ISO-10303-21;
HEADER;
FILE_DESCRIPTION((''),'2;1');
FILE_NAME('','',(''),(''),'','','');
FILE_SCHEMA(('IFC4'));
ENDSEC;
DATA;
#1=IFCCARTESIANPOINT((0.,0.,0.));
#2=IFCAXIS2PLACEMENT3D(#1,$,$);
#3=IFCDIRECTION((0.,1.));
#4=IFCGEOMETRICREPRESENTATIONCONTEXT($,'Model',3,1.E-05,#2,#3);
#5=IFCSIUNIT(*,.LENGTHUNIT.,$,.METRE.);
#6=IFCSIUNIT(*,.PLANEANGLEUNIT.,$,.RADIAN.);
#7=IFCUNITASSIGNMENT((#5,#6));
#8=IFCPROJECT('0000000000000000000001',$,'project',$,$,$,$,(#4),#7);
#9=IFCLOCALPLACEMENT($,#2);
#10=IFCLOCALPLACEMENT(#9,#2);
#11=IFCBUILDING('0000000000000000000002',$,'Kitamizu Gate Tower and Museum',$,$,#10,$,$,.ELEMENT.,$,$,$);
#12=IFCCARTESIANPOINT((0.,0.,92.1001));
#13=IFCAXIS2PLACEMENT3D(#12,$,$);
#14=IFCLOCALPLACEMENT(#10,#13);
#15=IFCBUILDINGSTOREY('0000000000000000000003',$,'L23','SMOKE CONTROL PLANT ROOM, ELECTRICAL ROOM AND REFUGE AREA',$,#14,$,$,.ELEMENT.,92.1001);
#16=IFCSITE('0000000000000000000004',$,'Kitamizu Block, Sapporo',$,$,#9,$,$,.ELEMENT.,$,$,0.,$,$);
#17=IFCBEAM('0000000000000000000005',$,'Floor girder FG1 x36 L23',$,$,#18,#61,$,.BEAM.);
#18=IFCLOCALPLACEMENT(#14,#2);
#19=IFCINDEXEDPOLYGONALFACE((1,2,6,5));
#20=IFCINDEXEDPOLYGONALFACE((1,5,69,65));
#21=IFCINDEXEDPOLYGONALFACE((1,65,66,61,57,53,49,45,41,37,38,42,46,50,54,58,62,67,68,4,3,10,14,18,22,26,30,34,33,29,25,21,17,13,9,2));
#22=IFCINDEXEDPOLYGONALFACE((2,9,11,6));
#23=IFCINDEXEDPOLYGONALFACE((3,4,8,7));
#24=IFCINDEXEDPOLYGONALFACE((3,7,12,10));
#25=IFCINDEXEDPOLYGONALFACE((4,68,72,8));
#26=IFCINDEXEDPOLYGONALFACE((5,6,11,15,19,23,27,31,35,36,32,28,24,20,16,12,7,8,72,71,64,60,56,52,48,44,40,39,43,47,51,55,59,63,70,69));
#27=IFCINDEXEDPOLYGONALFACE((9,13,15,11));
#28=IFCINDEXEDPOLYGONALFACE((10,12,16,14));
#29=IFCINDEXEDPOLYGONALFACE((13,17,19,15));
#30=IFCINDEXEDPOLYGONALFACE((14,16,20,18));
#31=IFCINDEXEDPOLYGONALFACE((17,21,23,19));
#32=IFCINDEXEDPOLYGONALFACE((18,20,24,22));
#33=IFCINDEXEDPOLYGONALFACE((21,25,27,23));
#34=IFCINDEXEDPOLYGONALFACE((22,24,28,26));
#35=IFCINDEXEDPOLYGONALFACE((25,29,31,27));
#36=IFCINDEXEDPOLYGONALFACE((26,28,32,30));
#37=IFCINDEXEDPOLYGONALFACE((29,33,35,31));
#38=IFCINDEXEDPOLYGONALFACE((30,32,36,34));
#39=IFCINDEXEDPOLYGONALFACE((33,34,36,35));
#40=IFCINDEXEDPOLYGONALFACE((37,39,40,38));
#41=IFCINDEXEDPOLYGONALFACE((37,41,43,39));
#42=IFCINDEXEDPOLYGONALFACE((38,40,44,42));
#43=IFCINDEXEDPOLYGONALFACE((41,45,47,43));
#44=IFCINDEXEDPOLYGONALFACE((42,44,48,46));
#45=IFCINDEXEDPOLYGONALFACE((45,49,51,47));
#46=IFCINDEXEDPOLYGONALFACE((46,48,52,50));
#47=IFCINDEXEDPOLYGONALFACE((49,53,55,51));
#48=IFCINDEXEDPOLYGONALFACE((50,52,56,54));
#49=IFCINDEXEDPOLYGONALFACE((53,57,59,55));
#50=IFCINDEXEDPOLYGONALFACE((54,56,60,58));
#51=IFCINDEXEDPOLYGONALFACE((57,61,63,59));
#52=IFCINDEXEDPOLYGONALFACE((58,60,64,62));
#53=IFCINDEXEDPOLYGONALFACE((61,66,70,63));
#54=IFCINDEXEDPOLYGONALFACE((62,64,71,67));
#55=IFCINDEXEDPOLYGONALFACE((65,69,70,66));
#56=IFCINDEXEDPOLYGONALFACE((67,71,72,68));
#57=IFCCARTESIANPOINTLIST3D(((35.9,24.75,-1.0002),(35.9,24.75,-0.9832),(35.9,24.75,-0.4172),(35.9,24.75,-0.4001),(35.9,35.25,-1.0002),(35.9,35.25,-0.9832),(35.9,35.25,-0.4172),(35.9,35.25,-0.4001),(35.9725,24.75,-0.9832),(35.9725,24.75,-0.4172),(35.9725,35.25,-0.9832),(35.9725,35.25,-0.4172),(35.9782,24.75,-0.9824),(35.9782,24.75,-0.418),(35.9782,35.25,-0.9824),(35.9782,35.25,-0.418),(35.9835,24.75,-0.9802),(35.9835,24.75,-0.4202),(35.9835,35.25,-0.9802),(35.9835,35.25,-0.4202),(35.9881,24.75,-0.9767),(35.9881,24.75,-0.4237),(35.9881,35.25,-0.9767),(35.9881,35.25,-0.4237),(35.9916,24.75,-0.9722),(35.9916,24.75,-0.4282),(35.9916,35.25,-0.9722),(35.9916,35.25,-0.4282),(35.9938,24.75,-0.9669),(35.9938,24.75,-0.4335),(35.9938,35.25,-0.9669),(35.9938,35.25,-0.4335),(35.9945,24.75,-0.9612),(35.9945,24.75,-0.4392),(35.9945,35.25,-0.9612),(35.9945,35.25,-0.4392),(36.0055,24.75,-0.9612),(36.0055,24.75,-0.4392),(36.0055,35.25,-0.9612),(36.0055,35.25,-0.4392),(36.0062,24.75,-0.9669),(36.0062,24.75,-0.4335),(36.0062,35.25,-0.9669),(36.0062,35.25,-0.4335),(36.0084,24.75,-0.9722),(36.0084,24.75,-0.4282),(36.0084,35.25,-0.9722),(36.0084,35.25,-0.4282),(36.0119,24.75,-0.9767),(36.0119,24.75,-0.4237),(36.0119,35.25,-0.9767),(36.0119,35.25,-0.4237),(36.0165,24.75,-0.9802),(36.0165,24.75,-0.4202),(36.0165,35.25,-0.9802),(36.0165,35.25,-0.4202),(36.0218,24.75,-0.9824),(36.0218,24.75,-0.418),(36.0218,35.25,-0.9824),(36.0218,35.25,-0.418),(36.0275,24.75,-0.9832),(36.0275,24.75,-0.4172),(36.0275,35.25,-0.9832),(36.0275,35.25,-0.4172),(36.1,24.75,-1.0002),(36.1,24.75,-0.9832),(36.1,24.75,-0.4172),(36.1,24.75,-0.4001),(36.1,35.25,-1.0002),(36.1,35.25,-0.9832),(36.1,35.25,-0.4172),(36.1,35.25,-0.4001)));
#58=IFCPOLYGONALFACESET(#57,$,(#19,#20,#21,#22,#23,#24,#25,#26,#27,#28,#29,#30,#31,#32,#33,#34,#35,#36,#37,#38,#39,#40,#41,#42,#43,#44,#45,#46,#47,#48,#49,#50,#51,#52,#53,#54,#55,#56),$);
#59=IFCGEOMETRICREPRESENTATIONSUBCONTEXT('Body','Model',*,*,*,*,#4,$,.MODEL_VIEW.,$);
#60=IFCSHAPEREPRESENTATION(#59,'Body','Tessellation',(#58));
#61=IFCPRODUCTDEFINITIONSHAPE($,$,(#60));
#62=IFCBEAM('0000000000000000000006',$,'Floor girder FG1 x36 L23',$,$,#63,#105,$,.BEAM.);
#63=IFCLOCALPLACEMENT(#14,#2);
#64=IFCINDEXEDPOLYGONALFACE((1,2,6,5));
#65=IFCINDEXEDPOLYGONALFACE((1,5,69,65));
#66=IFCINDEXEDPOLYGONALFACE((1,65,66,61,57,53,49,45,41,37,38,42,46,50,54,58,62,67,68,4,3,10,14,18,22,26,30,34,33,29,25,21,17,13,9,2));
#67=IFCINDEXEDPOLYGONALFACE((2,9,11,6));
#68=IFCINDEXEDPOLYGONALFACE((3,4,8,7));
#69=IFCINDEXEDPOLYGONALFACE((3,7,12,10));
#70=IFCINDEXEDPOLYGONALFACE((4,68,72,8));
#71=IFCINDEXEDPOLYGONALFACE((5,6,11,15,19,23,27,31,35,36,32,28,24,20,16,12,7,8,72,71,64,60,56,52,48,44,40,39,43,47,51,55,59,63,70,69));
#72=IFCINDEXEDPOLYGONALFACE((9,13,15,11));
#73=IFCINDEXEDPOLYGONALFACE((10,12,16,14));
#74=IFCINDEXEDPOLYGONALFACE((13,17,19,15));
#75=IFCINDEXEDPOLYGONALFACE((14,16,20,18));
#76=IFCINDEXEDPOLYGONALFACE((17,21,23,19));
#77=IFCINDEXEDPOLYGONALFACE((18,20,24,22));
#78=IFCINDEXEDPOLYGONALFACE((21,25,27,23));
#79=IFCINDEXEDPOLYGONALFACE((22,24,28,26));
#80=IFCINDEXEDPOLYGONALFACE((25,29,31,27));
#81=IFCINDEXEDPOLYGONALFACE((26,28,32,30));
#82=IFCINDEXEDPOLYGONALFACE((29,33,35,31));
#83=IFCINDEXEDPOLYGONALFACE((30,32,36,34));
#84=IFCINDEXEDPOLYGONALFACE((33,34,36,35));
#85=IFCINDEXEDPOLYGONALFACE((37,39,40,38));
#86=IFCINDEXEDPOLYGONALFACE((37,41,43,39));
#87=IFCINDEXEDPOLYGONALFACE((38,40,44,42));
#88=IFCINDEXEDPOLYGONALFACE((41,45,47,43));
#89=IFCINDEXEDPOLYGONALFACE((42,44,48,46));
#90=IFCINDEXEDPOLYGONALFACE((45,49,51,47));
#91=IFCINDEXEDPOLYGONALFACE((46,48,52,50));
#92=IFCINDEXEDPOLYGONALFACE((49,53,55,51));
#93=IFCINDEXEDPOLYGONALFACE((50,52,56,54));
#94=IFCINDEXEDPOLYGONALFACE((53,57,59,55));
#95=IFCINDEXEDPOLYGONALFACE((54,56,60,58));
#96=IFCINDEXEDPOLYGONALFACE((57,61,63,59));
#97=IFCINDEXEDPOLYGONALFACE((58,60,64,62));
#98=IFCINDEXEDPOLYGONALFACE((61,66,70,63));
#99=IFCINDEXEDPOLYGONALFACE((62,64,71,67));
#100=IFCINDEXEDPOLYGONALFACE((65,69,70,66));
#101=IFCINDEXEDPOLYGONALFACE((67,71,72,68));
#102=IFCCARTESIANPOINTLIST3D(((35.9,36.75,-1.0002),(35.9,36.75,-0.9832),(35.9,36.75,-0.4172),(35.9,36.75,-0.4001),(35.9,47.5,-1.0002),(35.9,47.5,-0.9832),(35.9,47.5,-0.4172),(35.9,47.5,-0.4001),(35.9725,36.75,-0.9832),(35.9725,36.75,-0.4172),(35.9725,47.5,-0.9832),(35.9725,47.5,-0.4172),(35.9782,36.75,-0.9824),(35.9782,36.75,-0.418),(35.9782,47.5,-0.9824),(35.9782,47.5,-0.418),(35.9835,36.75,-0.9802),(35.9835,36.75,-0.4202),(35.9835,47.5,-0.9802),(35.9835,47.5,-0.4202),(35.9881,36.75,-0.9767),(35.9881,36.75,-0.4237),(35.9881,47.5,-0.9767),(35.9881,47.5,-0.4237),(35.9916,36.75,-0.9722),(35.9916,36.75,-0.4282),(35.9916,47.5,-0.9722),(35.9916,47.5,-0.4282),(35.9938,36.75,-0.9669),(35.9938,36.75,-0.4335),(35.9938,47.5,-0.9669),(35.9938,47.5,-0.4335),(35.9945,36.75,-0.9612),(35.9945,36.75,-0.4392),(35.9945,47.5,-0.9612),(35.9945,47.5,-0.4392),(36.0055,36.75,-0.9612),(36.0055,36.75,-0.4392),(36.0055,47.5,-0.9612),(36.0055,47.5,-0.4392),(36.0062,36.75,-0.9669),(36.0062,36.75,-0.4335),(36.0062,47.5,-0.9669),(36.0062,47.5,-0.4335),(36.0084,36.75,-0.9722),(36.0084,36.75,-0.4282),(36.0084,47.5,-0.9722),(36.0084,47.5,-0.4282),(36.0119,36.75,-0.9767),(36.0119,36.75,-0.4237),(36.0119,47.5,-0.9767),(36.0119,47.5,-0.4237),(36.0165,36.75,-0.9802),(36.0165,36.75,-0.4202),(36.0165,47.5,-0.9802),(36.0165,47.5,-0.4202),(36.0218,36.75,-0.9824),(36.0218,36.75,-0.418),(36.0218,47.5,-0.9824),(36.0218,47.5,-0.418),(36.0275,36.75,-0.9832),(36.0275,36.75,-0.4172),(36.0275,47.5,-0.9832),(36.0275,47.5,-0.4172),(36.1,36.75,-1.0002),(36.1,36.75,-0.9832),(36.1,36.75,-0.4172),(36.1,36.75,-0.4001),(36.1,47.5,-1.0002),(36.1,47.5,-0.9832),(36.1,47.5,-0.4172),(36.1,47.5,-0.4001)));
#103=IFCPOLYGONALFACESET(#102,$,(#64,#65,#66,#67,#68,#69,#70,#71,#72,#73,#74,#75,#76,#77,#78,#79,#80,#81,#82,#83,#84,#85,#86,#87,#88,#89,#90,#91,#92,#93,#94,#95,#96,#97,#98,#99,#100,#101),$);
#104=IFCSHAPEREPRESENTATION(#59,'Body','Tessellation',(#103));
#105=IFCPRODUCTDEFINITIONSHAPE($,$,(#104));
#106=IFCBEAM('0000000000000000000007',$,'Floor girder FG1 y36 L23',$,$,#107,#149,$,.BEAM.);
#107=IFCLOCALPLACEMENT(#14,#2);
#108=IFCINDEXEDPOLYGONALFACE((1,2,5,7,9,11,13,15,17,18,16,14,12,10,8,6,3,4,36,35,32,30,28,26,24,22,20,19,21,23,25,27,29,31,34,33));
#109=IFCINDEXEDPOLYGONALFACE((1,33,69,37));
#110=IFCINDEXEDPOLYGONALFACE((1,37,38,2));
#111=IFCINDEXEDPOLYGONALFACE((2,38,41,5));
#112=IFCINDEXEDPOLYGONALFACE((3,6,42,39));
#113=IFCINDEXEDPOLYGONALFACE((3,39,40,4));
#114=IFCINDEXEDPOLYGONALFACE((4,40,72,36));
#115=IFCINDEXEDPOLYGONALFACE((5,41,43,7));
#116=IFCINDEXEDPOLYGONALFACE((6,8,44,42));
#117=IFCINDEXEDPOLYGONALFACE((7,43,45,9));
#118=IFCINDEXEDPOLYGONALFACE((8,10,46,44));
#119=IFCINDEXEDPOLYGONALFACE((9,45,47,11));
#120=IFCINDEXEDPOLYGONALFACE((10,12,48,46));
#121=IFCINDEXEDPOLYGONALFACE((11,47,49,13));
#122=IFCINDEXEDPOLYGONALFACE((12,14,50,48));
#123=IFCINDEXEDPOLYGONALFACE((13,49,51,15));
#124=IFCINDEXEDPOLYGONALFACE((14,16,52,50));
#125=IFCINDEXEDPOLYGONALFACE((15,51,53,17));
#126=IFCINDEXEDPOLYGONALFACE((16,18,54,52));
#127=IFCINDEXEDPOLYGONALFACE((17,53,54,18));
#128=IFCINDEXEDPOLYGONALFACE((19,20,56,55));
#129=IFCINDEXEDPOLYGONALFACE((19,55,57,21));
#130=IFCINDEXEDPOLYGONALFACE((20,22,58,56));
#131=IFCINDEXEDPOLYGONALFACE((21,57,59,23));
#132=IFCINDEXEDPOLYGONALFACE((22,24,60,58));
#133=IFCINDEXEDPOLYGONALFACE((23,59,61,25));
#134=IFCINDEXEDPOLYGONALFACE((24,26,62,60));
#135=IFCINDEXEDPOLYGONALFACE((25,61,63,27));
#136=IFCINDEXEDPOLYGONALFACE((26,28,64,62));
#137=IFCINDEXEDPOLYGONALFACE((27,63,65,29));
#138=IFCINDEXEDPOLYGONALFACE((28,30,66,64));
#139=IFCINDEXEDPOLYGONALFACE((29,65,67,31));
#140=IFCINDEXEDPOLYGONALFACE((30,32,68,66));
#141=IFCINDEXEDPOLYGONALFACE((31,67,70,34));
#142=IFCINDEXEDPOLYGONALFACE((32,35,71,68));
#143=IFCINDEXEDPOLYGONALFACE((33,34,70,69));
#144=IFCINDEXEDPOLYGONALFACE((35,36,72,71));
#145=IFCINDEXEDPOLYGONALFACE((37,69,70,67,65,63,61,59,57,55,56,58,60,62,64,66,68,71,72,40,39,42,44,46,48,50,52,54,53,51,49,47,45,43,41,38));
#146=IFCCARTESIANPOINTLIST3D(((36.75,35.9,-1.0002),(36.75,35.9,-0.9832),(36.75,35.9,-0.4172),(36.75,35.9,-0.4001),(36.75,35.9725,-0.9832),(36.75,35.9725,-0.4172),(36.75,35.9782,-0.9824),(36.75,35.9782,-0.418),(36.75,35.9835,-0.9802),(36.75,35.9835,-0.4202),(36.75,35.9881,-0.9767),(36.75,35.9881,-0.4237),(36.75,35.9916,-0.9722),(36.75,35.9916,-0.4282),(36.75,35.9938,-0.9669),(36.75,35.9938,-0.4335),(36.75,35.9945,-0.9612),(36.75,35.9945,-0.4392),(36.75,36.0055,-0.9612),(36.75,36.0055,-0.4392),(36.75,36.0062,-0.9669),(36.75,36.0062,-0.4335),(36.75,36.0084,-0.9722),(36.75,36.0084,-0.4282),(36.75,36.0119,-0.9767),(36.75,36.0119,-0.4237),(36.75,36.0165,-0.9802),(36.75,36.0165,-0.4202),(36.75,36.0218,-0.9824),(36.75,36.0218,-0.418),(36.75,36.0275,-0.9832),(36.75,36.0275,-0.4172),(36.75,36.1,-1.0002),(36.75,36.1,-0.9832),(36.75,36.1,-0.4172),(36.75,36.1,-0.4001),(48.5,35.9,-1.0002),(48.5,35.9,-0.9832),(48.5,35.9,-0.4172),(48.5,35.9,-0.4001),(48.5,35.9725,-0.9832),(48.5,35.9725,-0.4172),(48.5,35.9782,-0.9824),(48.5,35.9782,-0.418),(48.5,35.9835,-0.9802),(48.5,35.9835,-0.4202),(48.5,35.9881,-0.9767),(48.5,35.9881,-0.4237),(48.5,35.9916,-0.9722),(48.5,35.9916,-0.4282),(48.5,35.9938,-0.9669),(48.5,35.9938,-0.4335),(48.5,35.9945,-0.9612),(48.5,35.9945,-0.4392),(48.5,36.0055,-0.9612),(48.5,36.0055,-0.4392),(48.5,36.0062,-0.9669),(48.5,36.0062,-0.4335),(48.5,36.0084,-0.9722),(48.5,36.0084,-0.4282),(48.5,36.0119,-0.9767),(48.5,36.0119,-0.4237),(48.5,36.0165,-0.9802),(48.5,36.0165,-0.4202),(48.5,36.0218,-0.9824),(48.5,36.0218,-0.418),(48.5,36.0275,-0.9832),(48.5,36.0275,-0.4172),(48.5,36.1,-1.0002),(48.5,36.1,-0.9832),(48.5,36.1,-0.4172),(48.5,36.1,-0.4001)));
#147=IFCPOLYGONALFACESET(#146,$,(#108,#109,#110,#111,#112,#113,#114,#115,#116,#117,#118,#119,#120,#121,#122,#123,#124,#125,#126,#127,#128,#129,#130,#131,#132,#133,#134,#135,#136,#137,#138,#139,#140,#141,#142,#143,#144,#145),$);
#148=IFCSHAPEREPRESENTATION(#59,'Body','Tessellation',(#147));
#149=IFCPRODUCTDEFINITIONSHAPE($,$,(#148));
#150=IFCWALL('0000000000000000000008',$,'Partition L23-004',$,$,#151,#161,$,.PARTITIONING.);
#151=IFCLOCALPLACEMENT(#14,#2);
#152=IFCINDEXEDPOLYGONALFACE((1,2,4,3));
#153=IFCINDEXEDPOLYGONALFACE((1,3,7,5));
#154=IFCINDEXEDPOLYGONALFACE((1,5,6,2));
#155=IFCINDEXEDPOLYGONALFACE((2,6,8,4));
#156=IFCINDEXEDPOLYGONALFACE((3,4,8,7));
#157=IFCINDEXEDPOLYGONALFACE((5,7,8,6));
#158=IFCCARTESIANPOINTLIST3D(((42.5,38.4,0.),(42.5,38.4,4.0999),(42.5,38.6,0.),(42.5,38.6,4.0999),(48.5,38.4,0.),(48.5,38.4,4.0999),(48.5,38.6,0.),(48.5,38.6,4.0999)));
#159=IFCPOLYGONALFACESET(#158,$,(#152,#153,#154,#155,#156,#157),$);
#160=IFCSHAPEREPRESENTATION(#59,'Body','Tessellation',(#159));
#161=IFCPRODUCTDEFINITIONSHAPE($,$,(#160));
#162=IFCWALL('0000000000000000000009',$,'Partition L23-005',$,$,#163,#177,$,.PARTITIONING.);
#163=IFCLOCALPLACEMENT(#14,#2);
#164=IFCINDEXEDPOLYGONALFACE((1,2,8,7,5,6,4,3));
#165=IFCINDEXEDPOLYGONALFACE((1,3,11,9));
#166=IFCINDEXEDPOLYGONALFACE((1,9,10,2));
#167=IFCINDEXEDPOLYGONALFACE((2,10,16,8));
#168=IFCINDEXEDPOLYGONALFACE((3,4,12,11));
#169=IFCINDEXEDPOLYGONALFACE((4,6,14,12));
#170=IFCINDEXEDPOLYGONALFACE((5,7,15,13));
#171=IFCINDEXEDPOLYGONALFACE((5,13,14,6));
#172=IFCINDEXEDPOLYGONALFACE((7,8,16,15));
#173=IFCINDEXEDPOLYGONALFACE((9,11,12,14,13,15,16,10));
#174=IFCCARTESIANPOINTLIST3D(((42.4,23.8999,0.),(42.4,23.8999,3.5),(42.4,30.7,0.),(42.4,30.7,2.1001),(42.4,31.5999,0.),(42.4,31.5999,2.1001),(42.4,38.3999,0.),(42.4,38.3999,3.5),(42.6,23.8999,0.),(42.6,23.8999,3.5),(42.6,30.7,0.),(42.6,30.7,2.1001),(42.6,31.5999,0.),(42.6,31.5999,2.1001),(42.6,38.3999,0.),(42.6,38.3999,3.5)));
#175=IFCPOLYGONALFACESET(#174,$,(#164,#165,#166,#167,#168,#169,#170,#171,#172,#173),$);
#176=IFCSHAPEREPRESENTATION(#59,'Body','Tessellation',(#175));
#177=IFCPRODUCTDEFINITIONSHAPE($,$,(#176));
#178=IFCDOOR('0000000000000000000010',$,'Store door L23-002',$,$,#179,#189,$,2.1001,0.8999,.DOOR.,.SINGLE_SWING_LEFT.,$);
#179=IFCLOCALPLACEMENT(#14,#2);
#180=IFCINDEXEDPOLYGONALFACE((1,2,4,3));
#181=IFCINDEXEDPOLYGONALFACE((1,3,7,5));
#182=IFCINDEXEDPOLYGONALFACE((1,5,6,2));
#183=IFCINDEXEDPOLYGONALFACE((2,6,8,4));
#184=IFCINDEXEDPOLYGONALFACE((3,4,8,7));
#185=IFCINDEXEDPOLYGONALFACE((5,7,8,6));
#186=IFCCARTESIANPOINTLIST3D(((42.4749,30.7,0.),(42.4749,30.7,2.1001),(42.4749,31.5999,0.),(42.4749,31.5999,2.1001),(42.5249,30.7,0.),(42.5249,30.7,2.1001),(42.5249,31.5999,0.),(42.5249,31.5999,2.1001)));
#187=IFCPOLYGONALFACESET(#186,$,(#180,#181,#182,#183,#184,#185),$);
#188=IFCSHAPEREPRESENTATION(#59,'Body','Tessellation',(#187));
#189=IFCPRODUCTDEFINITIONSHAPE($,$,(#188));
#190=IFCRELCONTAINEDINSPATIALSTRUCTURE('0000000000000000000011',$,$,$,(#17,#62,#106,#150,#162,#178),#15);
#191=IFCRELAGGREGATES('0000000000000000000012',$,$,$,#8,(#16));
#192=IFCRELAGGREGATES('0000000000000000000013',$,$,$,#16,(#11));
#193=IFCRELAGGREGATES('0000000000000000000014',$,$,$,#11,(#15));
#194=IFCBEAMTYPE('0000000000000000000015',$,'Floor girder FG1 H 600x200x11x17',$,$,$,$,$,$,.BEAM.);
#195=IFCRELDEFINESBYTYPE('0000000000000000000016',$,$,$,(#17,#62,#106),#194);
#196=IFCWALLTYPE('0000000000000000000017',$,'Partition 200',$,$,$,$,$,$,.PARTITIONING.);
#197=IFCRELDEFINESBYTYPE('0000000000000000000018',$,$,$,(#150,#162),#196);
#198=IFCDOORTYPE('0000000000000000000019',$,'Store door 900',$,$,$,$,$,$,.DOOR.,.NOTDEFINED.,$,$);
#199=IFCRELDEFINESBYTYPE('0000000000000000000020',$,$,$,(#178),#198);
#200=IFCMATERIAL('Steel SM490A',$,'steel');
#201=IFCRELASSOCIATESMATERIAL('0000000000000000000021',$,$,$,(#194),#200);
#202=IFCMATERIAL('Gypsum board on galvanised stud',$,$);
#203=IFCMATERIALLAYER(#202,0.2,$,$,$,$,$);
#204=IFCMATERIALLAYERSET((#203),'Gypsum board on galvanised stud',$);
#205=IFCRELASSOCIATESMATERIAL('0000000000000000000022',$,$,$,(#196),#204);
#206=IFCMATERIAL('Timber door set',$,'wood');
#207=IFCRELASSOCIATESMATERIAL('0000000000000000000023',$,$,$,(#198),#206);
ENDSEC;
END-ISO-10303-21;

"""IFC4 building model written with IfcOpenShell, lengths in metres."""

from ifc_helpers import new_model, si_unit, direction, frame, frame_2d, origin, origin_2d, place, context, subcontext, project, spatial, rectangle, i_section, extrude, material, layer, layer_set, material_profile, profile_set, type_object, element, fill, save


model = new_model("IFC4")

# Units and contexts
model_context = context("Model", 3, precision=1e-05, world=origin(), true_north=direction((0.0, 1.0)))
body_context = subcontext(model_context, "Body", "Model", "MODEL_VIEW")
ifc_project = project(units=[si_unit("LENGTHUNIT", "METRE"), si_unit("PLANEANGLEUNIT", "RADIAN")], contexts=[model_context])

# Site, building, storey
site_placement = place(None, origin())
site = spatial("IfcSite", under=ifc_project, at=site_placement, Name="Kitamizu Block, Sapporo", CompositionType="ELEMENT", RefElevation=0.0)
building_placement = place(site_placement, origin())
building = spatial("IfcBuilding", under=site, at=building_placement, Name="Kitamizu Gate Tower and Museum", CompositionType="ELEMENT")
storey_placement = place(building_placement, frame((0.0, 0.0, 92.1001)))
storey = spatial("IfcBuildingStorey", under=building, at=storey_placement, Name="L23", Description="SMOKE CONTROL PLANT ROOM, ELECTRICAL ROOM AND REFUGE AREA", CompositionType="ELEMENT", Elevation=92.1001)

# Beams
ifc_material_1 = material(Name="Steel SM490A", Category="steel")
ifc_material_profile_1 = material_profile(ifc_material_1, i_section(OverallWidth=0.2, OverallDepth=0.6001, WebThickness=0.011, FlangeThickness=0.0171, FilletRadius=0.022, at=origin_2d()), Name="H-600x200x11x17")
ifc_profile_set_1 = profile_set([ifc_material_profile_1], Name="Steel SM490A")
beam_type_1 = type_object("IfcBeamType", Name="Floor girder FG1 H 600x200x11x17", PredefinedType="BEAM", material=ifc_profile_set_1)
beam_1_placement = place(storey_placement, frame((36.0, 24.75, -0.7002), z_axis=(0.0, 1.0, 0.0), x_axis=(-1.0, 0.0, 0.0)))
element("IfcBeam", 1, at=beam_1_placement, inside=storey, type_object=beam_type_1, Name="Floor girder FG1 x36 L23", PredefinedType="BEAM", context=body_context, shape_type="SweptSolid", body=[
    extrude(i_section(OverallWidth=0.2, OverallDepth=0.6001, WebThickness=0.011, FlangeThickness=0.0171, FilletRadius=0.022, at=origin_2d()), origin(), (0.0, 0.0, 1.0), 10.5),
])
beam_2_placement = place(storey_placement, frame((36.0, 36.75, -0.7002), z_axis=(0.0, 1.0, 0.0), x_axis=(-1.0, 0.0, 0.0)))
element("IfcBeam", 2, at=beam_2_placement, inside=storey, type_object=beam_type_1, Name="Floor girder FG1 x36 L23", PredefinedType="BEAM", context=body_context, shape_type="SweptSolid", body=[
    extrude(i_section(OverallWidth=0.2, OverallDepth=0.6001, WebThickness=0.011, FlangeThickness=0.0171, FilletRadius=0.022, at=origin_2d()), origin(), (0.0, 0.0, 1.0), 10.75),
])
beam_3_placement = place(storey_placement, frame((36.75, 36.0, -0.7002), z_axis=(1.0, 0.0, 0.0), x_axis=(0.0, 1.0, 0.0)))
element("IfcBeam", 3, at=beam_3_placement, inside=storey, type_object=beam_type_1, Name="Floor girder FG1 y36 L23", PredefinedType="BEAM", context=body_context, shape_type="SweptSolid", body=[
    extrude(i_section(OverallWidth=0.2, OverallDepth=0.6001, WebThickness=0.011, FlangeThickness=0.0171, FilletRadius=0.022, at=origin_2d()), origin(), (0.0, 0.0, 1.0), 11.75),
])

# Wall
ifc_material_2 = material(Name="Gypsum board on galvanised stud")
ifc_layer_1 = layer(ifc_material_2, 0.2)
ifc_layer_set_1 = layer_set([ifc_layer_1], Name="Gypsum board on galvanised stud")
wall_type_1 = type_object("IfcWallType", Name="Partition 200", PredefinedType="PARTITIONING", material=ifc_layer_set_1)
wall_1_placement = place(storey_placement, frame((48.5, 38.5, 0.0), z_axis=(0.0, 0.0, 1.0), x_axis=(-1.0, 0.0, 0.0)))
element("IfcWall", 4, at=wall_1_placement, inside=storey, type_object=wall_type_1, Name="Partition L23-004", PredefinedType="PARTITIONING", context=body_context, shape_type="SweptSolid", body=[
    extrude(rectangle(XDim=6.0, YDim=0.2, at=frame_2d((3.0, 0.0))), origin(), (0.0, 0.0, 1.0), 4.0999),
])

# Wall, opening, door
wall_2_placement = place(storey_placement, frame((42.5, 38.3999, 0.0), z_axis=(0.0, 0.0, 1.0), x_axis=(0.0, -1.0, 0.0)))
wall_2 = element("IfcWall", 5, at=wall_2_placement, inside=storey, type_object=wall_type_1, Name="Partition L23-005", PredefinedType="PARTITIONING", context=body_context, shape_type="SweptSolid", body=[
    extrude(rectangle(XDim=14.5, YDim=0.2, at=frame_2d((7.25, 0.0))), origin(), (0.0, 0.0, 1.0), 3.5),
])
opening_1_placement = place(wall_2_placement, frame((6.8, 0.0, 0.0)))
opening_1 = element("IfcOpeningElement", 6, at=opening_1_placement, cuts=wall_2, PredefinedType="OPENING", context=body_context, shape_type="SweptSolid", body=[
    extrude(rectangle(XDim=0.8999, YDim=2.1001, at=frame_2d((0.45, 1.05))), frame((0.0, 0.1099, 0.0), z_axis=(0.0, -1.0, 0.0), x_axis=(1.0, 0.0, 0.0)), (0.0, 0.0, 1.0), 0.22),
])
ifc_material_3 = material(Name="Timber door set", Category="wood")
door_type_1 = type_object("IfcDoorType", Name="Store door 900", OperationType="NOTDEFINED", PredefinedType="DOOR", material=ifc_material_3)
door_1_placement = place(opening_1_placement, origin())
door_1 = element("IfcDoor", 7, at=door_1_placement, inside=storey, type_object=door_type_1, Name="Store door L23-002", OperationType="SINGLE_SWING_LEFT", OverallHeight=2.1001, OverallWidth=0.8999, PredefinedType="DOOR", context=body_context, shape_type="SweptSolid", body=[
    extrude(rectangle(XDim=0.8999, YDim=2.1001, at=frame_2d((0.45, 1.05))), frame((0.0, 0.0249, 0.0), z_axis=(0.0, -1.0, 0.0), x_axis=(1.0, 0.0, 0.0)), (0.0, 0.0, 1.0), 0.05),
])
fill(opening_1, door_1)

save(model, "model.ifc")
